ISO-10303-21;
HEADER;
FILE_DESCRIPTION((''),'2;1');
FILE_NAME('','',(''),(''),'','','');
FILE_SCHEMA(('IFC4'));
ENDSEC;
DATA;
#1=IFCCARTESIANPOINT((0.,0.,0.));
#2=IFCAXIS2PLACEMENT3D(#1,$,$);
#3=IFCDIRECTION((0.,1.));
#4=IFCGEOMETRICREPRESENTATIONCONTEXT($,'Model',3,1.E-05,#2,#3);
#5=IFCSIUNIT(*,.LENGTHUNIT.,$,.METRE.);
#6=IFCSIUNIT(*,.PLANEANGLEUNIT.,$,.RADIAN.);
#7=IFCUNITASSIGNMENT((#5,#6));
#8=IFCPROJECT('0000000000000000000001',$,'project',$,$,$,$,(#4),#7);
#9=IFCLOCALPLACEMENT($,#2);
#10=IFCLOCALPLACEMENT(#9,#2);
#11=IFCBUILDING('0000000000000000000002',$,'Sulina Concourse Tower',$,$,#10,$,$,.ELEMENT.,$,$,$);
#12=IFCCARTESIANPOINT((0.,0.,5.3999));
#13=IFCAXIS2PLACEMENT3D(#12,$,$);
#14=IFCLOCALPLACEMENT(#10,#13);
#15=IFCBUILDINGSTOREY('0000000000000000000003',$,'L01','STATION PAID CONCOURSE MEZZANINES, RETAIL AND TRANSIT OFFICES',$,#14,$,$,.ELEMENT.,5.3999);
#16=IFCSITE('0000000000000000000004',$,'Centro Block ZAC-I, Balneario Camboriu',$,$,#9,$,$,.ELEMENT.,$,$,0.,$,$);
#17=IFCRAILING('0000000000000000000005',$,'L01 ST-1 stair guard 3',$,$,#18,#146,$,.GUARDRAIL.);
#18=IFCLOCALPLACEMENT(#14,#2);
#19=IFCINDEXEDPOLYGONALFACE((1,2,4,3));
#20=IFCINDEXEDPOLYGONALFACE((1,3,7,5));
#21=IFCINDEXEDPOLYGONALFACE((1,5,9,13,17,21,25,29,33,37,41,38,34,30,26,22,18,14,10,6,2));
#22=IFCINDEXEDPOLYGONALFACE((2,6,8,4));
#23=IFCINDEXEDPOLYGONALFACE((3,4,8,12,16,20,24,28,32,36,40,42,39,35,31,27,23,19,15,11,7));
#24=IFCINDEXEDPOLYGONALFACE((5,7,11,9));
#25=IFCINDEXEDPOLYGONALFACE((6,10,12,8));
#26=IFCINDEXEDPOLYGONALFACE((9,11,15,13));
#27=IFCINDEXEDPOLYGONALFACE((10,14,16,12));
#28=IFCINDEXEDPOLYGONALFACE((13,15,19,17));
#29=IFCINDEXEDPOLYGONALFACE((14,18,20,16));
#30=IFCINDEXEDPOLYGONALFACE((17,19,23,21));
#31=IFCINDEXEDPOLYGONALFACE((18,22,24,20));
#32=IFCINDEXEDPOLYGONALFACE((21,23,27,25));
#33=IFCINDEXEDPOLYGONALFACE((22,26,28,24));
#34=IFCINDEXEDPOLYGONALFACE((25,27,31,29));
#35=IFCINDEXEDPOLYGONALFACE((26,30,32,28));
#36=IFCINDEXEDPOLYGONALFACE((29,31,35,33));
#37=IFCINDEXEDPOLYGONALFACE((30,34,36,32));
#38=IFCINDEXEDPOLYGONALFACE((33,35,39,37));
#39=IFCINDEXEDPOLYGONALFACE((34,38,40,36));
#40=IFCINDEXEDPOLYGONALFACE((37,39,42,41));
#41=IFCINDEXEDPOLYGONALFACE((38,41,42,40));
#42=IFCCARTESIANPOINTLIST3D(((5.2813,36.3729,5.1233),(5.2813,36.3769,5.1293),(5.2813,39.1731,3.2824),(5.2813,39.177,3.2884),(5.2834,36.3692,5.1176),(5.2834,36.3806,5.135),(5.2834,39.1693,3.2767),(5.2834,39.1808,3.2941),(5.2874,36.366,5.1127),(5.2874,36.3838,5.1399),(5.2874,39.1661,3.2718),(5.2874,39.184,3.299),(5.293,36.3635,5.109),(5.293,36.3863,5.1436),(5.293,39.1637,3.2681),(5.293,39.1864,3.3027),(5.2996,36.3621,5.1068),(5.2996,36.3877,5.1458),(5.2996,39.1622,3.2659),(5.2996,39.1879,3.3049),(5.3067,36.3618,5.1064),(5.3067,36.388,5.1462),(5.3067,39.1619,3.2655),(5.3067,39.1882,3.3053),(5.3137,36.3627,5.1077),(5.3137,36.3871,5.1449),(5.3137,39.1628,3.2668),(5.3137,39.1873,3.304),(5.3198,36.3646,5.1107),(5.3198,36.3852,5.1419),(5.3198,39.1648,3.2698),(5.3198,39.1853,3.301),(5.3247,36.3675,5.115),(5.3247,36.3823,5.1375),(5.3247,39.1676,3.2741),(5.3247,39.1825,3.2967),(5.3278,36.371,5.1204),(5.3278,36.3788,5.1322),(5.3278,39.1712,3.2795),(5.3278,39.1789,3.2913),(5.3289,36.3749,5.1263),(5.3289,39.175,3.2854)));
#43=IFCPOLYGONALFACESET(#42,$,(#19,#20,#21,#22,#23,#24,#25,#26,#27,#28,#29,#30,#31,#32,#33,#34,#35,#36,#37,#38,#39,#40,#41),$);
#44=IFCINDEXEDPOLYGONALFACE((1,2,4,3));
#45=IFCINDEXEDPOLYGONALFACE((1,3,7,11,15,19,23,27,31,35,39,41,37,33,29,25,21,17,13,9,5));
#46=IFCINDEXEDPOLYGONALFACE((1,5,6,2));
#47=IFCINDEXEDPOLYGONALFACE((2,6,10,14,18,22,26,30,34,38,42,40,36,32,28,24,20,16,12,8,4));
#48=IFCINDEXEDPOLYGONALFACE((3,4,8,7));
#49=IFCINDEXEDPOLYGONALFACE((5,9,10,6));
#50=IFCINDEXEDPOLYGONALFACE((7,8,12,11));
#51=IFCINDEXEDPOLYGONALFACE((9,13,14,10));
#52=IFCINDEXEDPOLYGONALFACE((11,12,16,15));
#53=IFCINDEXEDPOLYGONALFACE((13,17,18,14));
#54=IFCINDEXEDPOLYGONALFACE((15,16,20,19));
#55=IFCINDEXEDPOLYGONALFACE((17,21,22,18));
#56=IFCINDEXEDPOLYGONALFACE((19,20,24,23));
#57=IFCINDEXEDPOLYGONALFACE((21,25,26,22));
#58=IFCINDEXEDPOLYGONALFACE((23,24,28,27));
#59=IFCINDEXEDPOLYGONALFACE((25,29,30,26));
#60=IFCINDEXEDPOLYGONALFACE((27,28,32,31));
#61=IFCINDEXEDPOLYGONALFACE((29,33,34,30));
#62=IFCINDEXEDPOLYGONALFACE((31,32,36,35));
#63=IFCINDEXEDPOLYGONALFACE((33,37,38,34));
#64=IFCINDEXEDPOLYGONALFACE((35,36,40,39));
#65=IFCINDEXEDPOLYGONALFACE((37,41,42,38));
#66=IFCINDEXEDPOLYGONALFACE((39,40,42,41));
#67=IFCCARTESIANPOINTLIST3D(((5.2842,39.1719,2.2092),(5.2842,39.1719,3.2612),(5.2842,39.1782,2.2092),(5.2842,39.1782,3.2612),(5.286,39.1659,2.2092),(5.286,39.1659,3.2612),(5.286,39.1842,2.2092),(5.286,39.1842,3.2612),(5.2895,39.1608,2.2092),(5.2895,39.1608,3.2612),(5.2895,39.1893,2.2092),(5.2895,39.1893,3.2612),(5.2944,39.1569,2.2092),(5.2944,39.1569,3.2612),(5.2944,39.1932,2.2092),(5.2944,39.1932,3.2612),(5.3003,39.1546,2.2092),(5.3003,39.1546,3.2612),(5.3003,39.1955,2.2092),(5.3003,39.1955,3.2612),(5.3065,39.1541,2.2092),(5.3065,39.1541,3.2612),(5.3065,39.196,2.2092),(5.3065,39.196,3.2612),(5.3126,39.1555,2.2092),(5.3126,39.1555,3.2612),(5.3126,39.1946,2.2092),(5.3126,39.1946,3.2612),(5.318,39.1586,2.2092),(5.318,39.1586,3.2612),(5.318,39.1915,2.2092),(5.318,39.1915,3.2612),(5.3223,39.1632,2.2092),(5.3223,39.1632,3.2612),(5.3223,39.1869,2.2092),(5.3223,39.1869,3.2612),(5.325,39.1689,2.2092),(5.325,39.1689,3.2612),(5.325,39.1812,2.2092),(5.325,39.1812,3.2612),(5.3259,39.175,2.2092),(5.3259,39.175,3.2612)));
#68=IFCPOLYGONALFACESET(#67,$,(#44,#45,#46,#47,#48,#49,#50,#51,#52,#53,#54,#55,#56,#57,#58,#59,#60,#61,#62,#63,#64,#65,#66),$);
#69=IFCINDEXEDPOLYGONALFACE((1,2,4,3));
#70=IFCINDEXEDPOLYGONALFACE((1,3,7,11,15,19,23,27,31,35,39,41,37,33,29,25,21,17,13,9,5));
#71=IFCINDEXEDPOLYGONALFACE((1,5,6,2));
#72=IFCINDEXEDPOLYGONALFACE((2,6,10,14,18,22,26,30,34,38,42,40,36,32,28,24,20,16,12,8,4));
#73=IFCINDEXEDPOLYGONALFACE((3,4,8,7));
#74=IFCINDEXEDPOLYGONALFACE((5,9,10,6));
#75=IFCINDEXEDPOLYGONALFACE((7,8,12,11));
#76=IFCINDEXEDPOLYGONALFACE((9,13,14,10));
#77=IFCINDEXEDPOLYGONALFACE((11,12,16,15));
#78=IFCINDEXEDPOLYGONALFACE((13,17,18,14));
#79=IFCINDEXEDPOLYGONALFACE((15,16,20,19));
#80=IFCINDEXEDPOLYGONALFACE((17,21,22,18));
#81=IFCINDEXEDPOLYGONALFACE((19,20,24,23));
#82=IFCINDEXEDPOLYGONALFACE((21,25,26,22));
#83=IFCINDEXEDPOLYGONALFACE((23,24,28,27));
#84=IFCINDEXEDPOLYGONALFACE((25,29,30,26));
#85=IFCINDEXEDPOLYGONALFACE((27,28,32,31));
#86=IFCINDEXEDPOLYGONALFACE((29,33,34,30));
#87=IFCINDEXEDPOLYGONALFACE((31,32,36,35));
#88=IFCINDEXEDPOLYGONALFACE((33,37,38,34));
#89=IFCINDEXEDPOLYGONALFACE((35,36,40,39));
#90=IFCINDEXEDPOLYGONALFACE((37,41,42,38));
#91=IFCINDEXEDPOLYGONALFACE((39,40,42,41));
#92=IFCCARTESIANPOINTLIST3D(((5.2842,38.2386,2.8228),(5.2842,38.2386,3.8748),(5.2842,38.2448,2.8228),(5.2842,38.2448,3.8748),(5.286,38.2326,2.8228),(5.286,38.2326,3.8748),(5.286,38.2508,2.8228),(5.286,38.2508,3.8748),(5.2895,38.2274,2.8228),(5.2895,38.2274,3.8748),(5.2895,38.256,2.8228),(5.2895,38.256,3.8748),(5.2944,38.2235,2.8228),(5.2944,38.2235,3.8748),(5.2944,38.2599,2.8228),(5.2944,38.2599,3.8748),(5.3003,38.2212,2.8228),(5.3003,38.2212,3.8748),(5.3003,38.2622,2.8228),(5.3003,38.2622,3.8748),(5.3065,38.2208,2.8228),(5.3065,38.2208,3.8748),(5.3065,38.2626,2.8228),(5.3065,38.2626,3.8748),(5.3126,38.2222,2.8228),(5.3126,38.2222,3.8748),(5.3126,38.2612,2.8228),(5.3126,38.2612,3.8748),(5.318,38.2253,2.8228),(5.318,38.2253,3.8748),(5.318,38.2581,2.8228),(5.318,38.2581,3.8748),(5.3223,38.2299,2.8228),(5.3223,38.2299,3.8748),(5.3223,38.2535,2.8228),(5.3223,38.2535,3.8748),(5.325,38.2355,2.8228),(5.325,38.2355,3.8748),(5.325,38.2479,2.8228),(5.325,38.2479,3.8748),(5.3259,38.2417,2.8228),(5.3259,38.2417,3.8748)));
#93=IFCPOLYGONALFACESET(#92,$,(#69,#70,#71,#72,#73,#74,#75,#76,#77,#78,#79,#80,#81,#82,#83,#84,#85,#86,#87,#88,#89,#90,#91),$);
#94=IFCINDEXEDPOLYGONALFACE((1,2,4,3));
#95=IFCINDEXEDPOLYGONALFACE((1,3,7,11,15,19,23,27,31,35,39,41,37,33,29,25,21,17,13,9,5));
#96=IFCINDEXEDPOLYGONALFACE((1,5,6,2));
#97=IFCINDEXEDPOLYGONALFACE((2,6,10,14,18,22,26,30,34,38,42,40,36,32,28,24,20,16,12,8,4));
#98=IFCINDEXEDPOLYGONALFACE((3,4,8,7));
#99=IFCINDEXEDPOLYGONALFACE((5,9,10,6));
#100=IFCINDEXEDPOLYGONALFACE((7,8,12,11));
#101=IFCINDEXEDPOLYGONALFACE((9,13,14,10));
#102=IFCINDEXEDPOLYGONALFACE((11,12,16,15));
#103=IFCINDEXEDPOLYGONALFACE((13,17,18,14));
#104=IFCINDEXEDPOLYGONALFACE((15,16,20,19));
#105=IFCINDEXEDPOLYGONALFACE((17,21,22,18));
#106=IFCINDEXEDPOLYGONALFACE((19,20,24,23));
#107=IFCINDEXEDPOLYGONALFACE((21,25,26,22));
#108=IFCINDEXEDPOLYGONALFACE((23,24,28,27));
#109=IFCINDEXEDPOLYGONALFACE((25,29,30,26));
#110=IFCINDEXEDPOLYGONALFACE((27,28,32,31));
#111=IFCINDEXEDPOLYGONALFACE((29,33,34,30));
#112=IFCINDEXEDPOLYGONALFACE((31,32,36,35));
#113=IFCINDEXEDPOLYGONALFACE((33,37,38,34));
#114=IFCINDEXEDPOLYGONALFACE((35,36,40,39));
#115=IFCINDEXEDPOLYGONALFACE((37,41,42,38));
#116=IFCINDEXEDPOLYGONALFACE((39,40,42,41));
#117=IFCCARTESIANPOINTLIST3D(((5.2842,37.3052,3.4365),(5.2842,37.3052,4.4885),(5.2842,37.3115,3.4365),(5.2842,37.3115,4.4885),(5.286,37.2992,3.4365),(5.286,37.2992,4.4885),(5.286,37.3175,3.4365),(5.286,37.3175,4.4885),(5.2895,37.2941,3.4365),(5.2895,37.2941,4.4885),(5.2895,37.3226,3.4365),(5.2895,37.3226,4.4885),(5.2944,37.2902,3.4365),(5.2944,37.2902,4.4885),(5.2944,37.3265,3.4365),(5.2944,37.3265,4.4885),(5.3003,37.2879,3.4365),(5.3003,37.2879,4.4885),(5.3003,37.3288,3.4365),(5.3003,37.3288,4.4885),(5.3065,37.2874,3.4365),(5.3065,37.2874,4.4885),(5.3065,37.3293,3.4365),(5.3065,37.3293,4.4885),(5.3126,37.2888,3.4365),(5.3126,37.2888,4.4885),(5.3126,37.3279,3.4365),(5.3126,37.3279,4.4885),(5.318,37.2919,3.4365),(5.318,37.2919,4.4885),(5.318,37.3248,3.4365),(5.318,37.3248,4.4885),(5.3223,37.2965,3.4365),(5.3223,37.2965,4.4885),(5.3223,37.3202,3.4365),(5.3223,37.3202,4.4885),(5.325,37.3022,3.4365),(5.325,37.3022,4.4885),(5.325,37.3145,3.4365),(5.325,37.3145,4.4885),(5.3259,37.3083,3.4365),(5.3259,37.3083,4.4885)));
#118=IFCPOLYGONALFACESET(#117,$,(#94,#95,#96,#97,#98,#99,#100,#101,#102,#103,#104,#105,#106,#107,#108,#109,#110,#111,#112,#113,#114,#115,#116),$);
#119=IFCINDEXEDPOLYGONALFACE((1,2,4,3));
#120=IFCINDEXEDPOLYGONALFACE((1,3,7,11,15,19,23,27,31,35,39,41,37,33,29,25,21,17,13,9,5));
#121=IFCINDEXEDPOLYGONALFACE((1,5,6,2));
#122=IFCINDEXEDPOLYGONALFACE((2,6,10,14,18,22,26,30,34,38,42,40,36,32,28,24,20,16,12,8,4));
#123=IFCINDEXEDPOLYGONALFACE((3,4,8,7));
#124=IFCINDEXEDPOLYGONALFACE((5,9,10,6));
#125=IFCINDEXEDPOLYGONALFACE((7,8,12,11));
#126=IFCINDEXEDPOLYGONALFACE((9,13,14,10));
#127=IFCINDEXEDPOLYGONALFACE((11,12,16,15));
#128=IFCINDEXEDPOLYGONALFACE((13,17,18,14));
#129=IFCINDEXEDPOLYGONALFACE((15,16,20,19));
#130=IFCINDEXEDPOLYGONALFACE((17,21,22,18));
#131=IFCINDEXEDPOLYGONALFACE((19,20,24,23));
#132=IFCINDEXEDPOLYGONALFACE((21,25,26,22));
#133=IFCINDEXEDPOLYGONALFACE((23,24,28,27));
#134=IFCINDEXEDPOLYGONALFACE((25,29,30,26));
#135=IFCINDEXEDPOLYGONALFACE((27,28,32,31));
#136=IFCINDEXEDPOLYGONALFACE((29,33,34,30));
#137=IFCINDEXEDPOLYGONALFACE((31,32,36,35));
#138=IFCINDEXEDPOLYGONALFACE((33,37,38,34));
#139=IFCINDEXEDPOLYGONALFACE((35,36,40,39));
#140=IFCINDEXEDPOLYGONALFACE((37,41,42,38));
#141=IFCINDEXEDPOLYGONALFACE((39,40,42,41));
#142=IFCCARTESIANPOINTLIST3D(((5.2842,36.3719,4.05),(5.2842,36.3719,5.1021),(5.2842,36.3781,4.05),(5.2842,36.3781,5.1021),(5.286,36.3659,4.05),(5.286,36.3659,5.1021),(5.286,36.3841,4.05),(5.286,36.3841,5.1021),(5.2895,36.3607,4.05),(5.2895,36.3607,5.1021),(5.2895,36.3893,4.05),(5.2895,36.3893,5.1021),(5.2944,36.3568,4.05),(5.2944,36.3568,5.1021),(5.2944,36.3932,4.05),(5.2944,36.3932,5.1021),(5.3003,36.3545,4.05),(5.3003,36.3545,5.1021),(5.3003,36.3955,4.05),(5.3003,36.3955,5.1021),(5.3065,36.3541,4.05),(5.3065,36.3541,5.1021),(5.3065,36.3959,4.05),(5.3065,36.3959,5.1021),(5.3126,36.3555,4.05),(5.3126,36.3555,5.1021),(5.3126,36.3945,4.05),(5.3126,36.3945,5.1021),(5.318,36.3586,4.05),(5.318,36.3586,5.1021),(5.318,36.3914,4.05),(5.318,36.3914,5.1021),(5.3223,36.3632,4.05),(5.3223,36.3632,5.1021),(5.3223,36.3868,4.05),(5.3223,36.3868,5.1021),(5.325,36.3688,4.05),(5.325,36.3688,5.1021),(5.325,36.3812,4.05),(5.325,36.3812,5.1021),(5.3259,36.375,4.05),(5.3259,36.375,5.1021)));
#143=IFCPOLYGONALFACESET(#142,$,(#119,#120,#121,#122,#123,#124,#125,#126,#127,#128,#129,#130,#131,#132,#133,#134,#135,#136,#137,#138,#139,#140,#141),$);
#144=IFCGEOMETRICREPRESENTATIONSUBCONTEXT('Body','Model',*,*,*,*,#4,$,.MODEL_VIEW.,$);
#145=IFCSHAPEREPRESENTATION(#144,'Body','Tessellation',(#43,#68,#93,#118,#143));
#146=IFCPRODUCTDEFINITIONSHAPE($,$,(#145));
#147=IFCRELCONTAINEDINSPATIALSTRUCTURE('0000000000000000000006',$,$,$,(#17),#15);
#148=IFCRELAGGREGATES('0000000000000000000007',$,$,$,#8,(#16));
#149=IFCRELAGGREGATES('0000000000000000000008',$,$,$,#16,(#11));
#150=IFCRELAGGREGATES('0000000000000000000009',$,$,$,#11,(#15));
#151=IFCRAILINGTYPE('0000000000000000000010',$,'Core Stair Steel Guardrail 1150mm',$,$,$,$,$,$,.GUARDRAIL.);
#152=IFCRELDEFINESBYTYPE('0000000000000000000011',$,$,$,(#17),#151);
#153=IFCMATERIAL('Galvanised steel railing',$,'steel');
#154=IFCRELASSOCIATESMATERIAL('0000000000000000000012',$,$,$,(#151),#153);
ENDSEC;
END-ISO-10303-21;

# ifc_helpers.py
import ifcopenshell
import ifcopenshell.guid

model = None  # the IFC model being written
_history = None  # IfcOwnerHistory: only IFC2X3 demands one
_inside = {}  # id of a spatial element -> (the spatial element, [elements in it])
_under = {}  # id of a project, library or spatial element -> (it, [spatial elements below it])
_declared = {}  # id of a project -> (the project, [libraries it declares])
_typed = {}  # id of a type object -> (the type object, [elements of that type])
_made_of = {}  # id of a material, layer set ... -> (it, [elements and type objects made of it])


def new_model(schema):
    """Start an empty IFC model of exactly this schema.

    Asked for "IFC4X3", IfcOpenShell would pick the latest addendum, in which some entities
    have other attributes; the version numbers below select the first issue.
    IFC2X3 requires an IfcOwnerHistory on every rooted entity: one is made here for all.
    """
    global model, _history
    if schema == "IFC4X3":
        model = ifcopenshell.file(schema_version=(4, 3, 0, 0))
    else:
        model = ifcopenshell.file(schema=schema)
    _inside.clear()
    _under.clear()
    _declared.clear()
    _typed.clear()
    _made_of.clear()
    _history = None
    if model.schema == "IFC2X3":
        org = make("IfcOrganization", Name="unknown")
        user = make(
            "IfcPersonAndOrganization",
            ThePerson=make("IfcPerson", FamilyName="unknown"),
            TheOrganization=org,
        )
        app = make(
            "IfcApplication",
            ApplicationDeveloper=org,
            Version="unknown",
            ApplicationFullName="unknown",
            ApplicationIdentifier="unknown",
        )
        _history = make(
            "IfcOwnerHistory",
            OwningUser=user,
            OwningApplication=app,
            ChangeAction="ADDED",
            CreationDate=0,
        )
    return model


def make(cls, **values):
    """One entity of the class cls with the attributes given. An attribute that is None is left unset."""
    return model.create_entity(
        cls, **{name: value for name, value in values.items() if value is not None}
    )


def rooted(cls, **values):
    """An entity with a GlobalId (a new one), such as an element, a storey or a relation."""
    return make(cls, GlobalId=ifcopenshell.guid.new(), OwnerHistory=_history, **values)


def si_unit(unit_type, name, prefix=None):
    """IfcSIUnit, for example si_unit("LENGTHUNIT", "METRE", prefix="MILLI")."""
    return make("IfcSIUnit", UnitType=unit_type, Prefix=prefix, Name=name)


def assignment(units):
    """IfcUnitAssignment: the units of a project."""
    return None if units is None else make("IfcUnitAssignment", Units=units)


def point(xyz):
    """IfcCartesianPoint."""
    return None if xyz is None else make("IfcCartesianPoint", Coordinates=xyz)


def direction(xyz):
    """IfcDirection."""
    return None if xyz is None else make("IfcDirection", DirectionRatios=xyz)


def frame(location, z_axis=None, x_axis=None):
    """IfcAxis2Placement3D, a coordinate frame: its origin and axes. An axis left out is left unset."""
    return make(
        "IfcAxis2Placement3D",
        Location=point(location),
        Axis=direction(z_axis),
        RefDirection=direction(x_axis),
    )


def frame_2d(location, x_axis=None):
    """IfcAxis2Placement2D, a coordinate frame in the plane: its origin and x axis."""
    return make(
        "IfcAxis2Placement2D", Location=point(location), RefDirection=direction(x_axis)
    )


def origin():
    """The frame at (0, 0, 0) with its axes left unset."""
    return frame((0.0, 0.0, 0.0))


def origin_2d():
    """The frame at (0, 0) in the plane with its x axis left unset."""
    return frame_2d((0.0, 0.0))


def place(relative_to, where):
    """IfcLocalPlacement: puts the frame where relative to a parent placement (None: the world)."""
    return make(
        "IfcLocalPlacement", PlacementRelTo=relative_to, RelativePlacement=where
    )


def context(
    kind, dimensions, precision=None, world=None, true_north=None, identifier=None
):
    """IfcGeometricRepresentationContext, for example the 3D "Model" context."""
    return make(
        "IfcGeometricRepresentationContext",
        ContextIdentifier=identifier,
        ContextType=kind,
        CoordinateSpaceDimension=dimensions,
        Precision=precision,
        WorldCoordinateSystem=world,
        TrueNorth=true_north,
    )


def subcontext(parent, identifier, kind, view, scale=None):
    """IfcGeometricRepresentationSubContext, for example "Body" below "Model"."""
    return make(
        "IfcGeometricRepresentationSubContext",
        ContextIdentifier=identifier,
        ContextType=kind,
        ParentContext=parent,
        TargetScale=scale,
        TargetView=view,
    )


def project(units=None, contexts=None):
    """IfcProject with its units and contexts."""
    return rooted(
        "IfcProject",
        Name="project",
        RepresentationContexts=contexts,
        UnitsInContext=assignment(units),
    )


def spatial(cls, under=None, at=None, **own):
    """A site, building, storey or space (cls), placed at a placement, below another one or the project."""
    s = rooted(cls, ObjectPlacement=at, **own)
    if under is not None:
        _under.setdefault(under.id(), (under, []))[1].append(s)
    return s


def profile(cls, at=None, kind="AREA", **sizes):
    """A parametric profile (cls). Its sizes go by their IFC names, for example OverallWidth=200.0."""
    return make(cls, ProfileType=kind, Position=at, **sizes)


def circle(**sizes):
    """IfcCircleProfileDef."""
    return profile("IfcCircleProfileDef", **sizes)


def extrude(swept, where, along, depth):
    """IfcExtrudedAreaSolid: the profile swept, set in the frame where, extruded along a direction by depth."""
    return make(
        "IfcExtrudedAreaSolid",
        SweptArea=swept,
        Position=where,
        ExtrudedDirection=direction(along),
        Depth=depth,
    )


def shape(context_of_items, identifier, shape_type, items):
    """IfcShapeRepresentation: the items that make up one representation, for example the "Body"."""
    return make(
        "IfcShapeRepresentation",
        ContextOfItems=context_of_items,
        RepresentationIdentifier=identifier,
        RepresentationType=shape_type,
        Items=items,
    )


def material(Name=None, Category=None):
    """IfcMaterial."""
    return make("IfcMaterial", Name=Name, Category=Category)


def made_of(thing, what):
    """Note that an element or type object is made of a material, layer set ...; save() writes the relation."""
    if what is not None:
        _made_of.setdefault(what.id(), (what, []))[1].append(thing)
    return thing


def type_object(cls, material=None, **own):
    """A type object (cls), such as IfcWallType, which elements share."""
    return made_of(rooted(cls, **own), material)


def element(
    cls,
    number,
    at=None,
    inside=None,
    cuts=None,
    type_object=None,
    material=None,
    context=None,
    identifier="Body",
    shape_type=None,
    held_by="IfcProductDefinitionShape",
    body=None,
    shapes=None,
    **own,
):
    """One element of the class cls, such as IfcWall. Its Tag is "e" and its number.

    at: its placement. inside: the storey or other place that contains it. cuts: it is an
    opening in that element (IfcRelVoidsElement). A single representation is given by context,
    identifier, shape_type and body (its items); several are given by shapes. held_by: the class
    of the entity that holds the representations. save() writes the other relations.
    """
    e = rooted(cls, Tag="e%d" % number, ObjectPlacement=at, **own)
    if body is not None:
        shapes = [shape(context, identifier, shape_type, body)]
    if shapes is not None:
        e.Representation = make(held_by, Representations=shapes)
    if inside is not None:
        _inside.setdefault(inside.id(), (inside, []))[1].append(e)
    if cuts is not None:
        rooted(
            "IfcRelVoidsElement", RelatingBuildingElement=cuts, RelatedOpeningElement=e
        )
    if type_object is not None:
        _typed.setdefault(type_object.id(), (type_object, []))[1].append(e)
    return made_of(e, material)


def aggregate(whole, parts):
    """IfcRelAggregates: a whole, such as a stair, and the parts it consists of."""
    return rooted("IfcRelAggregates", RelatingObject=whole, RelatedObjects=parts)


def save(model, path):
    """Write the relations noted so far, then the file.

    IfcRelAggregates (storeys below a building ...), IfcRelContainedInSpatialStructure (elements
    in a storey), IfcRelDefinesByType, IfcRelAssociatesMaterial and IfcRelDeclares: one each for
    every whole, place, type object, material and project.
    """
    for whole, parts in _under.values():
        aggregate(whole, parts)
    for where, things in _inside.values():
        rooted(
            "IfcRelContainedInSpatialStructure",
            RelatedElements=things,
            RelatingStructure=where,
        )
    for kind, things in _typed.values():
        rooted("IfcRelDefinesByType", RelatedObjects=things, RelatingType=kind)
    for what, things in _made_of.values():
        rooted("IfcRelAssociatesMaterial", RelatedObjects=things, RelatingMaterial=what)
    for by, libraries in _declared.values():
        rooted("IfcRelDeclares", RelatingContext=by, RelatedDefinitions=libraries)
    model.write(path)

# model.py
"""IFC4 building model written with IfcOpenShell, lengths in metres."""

from ifc_helpers import new_model, si_unit, direction, frame, origin, origin_2d, place, context, subcontext, project, spatial, circle, extrude, material, type_object, element, save


model = new_model("IFC4")

# Units and contexts
model_context = context("Model", 3, precision=1e-05, world=origin(), true_north=direction((0.0, 1.0)))
body_context = subcontext(model_context, "Body", "Model", "MODEL_VIEW")
ifc_project = project(units=[si_unit("LENGTHUNIT", "METRE"), si_unit("PLANEANGLEUNIT", "RADIAN")], contexts=[model_context])

# Site, building, storey
site_placement = place(None, origin())
site = spatial("IfcSite", under=ifc_project, at=site_placement, Name="Centro Block ZAC-I, Balneario Camboriu", CompositionType="ELEMENT", RefElevation=0.0)
building_placement = place(site_placement, origin())
building = spatial("IfcBuilding", under=site, at=building_placement, Name="Sulina Concourse Tower", CompositionType="ELEMENT")
storey_placement = place(building_placement, frame((0.0, 0.0, 5.3999)))
storey = spatial("IfcBuildingStorey", under=building, at=storey_placement, Name="L01", Description="STATION PAID CONCOURSE MEZZANINES, RETAIL AND TRANSIT OFFICES", CompositionType="ELEMENT", Elevation=5.3999)

# Railing
ifc_material_1 = material(Name="Galvanised steel railing", Category="steel")
railing_type_1 = type_object("IfcRailingType", Name="Core Stair Steel Guardrail 1150mm", PredefinedType="GUARDRAIL", material=ifc_material_1)
railing_1_placement = place(storey_placement, frame((5.3049, 39.175, 2.2092)))
element("IfcRailing", 1, at=railing_1_placement, inside=storey, type_object=railing_type_1, Name="L01 ST-1 stair guard 3", PredefinedType="GUARDRAIL", context=body_context, shape_type="SweptSolid", body=[
    extrude(circle(Radius=0.0239, at=origin_2d()), frame((0.0, 0.0, 1.0762), z_axis=(0.0, -0.835598, 0.549342), x_axis=(1.0, 0.0, 0.0)), (0.0, 0.0, 1.0), 3.3511),
    extrude(circle(Radius=0.021, at=origin_2d()), origin(), (0.0, 0.0, 1.0), 1.052),
    extrude(circle(Radius=0.021, at=origin_2d()), frame((0.0, -0.9333, 0.6135)), (0.0, 0.0, 1.0), 1.052),
    extrude(circle(Radius=0.021, at=origin_2d()), frame((0.0, -1.8667, 1.2273)), (0.0, 0.0, 1.0), 1.052),
    extrude(circle(Radius=0.021, at=origin_2d()), frame((0.0, -2.8, 1.8408)), (0.0, 0.0, 1.0), 1.052),
])

save(model, "model.ifc")
